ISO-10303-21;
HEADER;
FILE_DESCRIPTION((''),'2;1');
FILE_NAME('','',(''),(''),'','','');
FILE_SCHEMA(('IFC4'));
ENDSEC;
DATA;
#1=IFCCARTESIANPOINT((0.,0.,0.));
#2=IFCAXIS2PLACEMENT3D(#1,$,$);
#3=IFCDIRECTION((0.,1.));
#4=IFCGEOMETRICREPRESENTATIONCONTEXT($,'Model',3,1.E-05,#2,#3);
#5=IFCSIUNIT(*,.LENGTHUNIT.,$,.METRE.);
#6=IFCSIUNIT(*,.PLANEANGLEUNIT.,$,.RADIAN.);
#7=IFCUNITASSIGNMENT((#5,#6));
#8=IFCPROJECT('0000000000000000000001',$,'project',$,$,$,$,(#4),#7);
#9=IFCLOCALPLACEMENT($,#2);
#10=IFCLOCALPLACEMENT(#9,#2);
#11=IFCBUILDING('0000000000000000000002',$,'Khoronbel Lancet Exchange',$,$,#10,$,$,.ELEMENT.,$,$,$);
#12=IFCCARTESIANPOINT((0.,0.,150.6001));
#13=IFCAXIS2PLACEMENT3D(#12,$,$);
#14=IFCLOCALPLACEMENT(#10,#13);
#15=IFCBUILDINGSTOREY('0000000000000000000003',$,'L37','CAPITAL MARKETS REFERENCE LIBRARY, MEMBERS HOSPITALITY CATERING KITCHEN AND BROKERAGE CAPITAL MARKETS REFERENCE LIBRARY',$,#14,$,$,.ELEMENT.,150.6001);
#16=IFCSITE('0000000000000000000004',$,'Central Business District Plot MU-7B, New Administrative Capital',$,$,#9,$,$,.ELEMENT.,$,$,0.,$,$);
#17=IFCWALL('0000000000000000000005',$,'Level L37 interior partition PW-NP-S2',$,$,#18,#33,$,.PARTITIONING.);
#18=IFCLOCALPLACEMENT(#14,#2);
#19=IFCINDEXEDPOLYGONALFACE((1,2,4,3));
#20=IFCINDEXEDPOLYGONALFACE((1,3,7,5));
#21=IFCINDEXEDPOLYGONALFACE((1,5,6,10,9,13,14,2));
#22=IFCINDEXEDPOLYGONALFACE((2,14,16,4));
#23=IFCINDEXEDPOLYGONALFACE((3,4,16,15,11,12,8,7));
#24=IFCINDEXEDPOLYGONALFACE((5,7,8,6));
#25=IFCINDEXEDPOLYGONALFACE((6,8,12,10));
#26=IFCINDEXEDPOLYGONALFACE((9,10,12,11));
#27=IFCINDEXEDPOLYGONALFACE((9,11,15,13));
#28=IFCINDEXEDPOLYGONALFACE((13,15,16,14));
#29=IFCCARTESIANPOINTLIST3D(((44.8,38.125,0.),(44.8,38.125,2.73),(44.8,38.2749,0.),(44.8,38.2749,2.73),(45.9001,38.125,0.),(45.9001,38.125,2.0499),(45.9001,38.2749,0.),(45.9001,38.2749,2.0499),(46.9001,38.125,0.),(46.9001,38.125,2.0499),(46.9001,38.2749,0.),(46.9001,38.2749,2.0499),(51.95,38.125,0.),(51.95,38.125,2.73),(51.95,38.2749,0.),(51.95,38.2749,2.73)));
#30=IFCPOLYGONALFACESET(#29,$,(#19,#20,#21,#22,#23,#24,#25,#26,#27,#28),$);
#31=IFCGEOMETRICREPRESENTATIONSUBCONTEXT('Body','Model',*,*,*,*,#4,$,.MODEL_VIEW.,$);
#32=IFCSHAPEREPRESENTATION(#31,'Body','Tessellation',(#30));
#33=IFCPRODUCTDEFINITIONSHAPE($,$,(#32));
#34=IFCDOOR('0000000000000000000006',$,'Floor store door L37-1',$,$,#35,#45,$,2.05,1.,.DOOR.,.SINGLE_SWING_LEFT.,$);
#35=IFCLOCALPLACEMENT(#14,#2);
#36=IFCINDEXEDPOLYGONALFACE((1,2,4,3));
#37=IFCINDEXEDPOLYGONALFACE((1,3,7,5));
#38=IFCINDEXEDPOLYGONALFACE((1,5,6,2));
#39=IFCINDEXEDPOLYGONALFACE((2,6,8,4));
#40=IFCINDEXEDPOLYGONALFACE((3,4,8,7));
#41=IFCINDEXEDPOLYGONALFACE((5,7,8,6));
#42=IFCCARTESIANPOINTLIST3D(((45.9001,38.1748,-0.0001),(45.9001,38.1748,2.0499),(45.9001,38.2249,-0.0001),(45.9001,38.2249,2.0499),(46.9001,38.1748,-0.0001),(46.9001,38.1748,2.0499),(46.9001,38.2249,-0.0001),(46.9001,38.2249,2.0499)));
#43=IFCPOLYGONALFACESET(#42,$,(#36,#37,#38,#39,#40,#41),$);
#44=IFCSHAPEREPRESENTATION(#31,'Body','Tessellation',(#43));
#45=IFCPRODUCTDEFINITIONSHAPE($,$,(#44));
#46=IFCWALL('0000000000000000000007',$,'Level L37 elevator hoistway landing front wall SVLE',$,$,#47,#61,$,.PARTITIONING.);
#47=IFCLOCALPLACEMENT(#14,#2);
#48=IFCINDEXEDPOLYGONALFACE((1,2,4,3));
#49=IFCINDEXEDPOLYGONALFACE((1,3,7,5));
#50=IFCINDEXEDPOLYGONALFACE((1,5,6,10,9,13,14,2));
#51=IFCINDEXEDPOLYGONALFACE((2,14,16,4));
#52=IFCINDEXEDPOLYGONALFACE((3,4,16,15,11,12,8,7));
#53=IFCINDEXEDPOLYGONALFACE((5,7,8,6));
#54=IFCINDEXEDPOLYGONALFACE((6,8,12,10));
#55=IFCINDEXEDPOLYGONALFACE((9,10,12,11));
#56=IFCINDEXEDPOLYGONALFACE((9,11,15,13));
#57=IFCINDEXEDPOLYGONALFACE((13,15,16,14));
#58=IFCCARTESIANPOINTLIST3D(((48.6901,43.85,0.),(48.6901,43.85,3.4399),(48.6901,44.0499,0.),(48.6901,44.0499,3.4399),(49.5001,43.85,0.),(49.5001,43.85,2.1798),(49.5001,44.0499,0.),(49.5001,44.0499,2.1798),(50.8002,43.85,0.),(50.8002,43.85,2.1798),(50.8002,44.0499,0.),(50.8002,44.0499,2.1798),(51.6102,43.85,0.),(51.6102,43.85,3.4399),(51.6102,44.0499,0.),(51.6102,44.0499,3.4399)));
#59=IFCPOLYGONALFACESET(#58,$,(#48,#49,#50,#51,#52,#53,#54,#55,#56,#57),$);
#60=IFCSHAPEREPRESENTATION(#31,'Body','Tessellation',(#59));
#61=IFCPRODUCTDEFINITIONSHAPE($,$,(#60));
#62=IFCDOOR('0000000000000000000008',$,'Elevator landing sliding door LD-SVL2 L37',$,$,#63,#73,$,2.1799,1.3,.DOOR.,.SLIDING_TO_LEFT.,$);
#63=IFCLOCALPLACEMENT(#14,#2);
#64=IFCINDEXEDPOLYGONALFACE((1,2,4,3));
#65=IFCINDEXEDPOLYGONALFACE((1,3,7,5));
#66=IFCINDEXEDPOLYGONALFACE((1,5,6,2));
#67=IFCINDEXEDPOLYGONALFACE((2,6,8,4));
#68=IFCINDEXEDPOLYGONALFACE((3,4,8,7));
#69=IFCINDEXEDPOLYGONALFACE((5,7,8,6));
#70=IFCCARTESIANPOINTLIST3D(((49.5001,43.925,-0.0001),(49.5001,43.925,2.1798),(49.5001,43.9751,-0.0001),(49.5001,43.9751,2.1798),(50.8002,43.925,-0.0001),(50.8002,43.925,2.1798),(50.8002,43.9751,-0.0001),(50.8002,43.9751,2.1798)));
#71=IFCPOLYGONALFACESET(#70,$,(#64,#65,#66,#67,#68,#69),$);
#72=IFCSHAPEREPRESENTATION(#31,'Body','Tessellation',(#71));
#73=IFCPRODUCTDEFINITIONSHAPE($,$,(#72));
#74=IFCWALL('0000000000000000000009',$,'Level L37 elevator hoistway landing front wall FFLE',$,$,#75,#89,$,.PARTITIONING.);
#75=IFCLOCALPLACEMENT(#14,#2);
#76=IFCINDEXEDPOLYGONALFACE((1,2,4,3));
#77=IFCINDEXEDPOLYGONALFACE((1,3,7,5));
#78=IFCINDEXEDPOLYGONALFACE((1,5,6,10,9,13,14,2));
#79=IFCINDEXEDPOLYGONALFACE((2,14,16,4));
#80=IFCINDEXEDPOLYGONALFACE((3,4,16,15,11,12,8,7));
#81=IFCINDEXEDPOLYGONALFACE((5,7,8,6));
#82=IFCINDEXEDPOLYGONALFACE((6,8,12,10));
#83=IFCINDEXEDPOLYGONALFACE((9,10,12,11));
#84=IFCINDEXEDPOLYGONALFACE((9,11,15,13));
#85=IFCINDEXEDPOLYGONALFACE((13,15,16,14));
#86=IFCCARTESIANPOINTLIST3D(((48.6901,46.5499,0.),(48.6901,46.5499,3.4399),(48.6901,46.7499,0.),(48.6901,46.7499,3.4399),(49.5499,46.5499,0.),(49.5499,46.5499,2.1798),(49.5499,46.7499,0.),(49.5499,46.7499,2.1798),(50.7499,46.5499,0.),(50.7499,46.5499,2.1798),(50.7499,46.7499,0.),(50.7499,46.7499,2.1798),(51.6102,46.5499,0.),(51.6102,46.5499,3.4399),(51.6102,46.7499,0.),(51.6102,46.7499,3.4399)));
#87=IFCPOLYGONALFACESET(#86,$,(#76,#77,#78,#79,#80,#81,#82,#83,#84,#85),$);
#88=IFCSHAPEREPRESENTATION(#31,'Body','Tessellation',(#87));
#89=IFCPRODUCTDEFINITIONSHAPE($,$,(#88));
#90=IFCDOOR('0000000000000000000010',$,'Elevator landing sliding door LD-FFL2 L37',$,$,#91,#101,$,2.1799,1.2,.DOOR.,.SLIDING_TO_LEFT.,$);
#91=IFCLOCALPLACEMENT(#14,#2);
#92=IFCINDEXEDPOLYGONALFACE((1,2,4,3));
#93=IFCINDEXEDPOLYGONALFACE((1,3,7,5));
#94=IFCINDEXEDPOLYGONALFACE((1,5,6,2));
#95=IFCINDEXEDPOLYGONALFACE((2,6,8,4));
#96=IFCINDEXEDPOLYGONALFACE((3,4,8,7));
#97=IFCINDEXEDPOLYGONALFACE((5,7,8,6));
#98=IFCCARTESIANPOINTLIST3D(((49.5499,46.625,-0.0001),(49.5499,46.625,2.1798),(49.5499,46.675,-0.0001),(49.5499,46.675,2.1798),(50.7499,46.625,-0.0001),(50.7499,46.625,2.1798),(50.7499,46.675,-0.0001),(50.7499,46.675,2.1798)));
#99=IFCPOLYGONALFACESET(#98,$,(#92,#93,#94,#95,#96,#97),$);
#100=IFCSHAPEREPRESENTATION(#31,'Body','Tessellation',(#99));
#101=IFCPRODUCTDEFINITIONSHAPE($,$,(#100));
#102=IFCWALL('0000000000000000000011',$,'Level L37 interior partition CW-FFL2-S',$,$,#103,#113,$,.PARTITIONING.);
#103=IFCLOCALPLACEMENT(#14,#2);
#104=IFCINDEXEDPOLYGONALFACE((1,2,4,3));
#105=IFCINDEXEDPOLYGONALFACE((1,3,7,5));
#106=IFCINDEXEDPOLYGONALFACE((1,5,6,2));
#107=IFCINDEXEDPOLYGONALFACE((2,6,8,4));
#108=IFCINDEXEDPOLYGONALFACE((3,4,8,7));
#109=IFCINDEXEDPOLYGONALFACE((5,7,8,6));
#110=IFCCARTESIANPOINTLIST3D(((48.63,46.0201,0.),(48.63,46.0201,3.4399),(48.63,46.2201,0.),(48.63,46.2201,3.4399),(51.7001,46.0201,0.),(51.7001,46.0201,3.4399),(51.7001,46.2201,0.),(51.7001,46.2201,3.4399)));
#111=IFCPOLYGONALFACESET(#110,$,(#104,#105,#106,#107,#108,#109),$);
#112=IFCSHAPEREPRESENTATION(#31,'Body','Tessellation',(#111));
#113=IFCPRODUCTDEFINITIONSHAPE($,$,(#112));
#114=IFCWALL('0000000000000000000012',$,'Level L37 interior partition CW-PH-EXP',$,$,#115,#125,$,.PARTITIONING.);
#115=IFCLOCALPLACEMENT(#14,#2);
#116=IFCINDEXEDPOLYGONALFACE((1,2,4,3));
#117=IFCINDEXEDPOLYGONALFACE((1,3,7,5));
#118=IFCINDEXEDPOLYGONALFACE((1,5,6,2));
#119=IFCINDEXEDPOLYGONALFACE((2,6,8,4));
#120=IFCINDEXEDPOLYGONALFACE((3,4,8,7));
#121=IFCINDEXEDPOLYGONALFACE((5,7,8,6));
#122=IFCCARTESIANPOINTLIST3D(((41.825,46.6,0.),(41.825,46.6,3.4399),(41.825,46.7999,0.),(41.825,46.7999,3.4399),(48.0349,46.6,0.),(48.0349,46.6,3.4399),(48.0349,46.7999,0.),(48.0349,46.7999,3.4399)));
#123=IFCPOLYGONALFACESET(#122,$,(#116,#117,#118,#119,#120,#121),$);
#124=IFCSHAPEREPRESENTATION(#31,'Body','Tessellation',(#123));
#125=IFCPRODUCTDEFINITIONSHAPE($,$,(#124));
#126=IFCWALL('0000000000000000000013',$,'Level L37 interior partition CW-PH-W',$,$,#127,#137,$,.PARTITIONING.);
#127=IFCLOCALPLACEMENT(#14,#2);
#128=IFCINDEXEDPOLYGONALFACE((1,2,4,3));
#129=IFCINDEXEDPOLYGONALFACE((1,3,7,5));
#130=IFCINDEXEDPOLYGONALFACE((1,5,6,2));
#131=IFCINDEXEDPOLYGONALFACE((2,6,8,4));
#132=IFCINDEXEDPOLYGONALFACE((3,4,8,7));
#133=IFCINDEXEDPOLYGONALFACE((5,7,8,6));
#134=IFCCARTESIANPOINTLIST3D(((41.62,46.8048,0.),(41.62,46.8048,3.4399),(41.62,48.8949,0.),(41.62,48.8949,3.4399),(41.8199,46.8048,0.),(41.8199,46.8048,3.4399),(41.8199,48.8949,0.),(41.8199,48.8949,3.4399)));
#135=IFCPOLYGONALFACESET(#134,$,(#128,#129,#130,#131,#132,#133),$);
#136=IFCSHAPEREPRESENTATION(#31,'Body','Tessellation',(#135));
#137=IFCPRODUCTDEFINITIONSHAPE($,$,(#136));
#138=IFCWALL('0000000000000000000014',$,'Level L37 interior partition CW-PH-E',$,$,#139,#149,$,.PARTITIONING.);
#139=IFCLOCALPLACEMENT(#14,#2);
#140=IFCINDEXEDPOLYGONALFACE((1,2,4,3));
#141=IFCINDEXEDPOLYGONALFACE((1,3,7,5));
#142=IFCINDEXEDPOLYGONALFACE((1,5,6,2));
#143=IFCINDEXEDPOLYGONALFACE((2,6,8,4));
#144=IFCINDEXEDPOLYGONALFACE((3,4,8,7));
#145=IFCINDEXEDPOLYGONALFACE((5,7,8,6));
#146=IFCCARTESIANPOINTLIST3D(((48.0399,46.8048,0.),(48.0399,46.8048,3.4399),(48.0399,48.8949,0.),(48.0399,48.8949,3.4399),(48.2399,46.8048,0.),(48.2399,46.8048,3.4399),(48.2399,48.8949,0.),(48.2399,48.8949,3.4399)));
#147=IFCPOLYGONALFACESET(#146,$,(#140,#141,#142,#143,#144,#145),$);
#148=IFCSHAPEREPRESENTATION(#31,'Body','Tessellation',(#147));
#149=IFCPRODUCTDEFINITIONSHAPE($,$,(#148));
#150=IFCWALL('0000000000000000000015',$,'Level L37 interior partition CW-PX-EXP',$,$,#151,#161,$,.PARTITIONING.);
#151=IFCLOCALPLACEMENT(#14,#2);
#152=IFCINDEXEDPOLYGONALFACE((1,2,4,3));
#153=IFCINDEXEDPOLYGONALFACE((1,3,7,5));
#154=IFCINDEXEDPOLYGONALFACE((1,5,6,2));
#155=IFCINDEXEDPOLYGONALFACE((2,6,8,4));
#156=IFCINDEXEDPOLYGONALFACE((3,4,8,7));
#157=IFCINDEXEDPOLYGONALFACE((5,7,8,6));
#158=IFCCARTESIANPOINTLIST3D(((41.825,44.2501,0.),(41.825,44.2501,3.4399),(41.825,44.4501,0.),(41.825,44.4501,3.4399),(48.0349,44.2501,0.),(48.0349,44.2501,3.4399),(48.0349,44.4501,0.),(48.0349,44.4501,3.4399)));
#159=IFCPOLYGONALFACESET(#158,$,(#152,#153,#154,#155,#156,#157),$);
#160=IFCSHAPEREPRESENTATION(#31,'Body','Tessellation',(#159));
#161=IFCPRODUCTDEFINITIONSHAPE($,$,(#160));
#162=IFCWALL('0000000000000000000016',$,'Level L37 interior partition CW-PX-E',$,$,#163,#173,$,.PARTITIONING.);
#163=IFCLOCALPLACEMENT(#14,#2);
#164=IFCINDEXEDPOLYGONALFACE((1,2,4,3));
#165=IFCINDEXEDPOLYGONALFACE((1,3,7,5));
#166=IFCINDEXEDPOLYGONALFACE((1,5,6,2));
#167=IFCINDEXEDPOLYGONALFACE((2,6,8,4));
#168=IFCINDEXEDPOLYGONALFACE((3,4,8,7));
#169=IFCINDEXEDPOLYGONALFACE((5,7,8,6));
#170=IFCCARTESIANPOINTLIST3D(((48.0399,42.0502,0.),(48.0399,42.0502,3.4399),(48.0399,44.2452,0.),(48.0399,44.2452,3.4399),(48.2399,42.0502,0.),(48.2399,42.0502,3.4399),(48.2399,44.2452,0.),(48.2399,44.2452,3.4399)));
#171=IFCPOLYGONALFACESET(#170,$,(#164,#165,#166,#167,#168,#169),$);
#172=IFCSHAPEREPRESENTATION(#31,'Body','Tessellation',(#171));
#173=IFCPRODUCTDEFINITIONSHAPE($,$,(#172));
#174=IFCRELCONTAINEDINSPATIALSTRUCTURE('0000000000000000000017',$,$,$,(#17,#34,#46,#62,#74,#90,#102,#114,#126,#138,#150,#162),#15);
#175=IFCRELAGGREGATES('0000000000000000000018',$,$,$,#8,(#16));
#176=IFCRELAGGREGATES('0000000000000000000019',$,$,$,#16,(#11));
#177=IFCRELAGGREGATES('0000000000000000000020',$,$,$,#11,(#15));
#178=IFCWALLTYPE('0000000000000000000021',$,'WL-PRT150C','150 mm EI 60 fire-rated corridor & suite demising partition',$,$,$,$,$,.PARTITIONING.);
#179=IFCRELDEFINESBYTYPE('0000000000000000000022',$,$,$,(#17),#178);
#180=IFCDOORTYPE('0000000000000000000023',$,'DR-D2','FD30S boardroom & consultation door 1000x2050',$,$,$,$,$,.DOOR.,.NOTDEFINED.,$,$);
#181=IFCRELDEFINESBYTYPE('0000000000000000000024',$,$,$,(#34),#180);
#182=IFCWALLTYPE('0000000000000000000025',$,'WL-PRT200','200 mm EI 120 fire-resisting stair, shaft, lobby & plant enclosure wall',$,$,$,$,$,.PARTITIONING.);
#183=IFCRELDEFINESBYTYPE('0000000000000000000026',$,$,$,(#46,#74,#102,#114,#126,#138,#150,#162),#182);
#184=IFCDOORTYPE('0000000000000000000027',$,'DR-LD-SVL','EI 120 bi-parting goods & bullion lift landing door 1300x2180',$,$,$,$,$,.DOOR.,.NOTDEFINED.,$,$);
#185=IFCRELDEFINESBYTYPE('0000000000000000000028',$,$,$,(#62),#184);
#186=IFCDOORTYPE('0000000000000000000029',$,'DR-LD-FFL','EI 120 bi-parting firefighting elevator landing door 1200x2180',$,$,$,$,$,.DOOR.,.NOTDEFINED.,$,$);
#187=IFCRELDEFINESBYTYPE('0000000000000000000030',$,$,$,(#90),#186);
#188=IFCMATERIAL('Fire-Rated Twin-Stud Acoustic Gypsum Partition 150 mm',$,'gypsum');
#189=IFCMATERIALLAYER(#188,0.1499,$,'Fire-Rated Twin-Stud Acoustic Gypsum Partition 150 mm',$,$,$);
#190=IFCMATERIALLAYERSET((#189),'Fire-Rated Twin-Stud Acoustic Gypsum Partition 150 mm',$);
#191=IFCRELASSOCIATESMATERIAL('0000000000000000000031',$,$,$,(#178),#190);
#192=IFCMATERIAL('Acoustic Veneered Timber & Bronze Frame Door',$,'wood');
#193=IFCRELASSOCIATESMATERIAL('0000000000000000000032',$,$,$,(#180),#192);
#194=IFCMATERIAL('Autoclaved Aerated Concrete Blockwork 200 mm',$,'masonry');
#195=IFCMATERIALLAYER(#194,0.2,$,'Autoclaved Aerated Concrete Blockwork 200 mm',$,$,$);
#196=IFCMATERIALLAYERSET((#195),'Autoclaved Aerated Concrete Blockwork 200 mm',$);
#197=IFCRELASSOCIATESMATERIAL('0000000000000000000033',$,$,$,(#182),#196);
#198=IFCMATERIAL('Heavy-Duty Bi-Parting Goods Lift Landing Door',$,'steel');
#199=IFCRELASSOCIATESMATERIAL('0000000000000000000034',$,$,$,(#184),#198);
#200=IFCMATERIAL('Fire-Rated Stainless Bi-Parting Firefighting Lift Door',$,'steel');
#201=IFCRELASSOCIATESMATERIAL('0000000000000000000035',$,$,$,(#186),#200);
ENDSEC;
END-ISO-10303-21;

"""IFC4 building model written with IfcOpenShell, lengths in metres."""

from ifc_helpers import new_model, si_unit, direction, frame, frame_2d, origin, place, context, subcontext, project, spatial, rectangle, extrude, material, layer, layer_set, type_object, element, fill, save


model = new_model("IFC4")

# Units and contexts
model_context = context("Model", 3, precision=1e-05, world=origin(), true_north=direction((0.0, 1.0)))
body_context = subcontext(model_context, "Body", "Model", "MODEL_VIEW")
ifc_project = project(units=[si_unit("LENGTHUNIT", "METRE"), si_unit("PLANEANGLEUNIT", "RADIAN")], contexts=[model_context])

# Site, building, storey
site_placement = place(None, origin())
site = spatial("IfcSite", under=ifc_project, at=site_placement, Name="Central Business District Plot MU-7B, New Administrative Capital", CompositionType="ELEMENT", RefElevation=0.0)
building_placement = place(site_placement, origin())
building = spatial("IfcBuilding", under=site, at=building_placement, Name="Khoronbel Lancet Exchange", CompositionType="ELEMENT")
storey_placement = place(building_placement, frame((0.0, 0.0, 150.6001)))
storey = spatial("IfcBuildingStorey", under=building, at=storey_placement, Name="L37", Description="CAPITAL MARKETS REFERENCE LIBRARY, MEMBERS HOSPITALITY CATERING KITCHEN AND BROKERAGE CAPITAL MARKETS REFERENCE LIBRARY", CompositionType="ELEMENT", Elevation=150.6001)

# Walls, openings, doors
ifc_material_1 = material(Name="Fire-Rated Twin-Stud Acoustic Gypsum Partition 150 mm", Category="gypsum")
ifc_layer_1 = layer(ifc_material_1, 0.1499, Name="Fire-Rated Twin-Stud Acoustic Gypsum Partition 150 mm")
ifc_layer_set_1 = layer_set([ifc_layer_1], Name="Fire-Rated Twin-Stud Acoustic Gypsum Partition 150 mm")
wall_type_1 = type_object("IfcWallType", Name="WL-PRT150C", Description="150 mm EI 60 fire-rated corridor & suite demising partition", PredefinedType="PARTITIONING", material=ifc_layer_set_1)
wall_1_placement = place(storey_placement, frame((44.8, 38.2, 0.0), z_axis=(0.0, 0.0, 1.0), x_axis=(1.0, 0.0, 0.0)))
wall_1 = element("IfcWall", 1, at=wall_1_placement, inside=storey, type_object=wall_type_1, Name="Level L37 interior partition PW-NP-S2", PredefinedType="PARTITIONING", context=body_context, shape_type="SweptSolid", body=[
    extrude(rectangle(XDim=7.1499, YDim=0.1499, at=frame_2d((3.575, 0.0))), origin(), (0.0, 0.0, 1.0), 2.73),
])
opening_1_placement = place(wall_1_placement, frame((1.1001, 0.0, 0.0)))
opening_1 = element("IfcOpeningElement", 2, at=opening_1_placement, cuts=wall_1, PredefinedType="OPENING", context=body_context, shape_type="SweptSolid", body=[
    extrude(rectangle(XDim=1.0, YDim=2.05, at=frame_2d((0.5, 1.0249))), frame((0.0, 0.085, 0.0), z_axis=(0.0, -1.0, 0.0), x_axis=(1.0, 0.0, 0.0)), (0.0, 0.0, 1.0), 0.1699),
])
ifc_material_2 = material(Name="Acoustic Veneered Timber & Bronze Frame Door", Category="wood")
door_type_1 = type_object("IfcDoorType", Name="DR-D2", Description="FD30S boardroom & consultation door 1000x2050", OperationType="NOTDEFINED", PredefinedType="DOOR", material=ifc_material_2)
door_1_placement = place(opening_1_placement, origin())
door_1 = element("IfcDoor", 3, at=door_1_placement, inside=storey, type_object=door_type_1, Name="Floor store door L37-1", OperationType="SINGLE_SWING_LEFT", OverallHeight=2.05, OverallWidth=1.0, PredefinedType="DOOR", context=body_context, shape_type="SweptSolid", body=[
    extrude(rectangle(XDim=1.0, YDim=2.05, at=frame_2d((0.5, 1.0249))), frame((0.0, 0.0249, 0.0), z_axis=(0.0, -1.0, 0.0), x_axis=(1.0, 0.0, 0.0)), (0.0, 0.0, 1.0), 0.05),
])
fill(opening_1, door_1)
ifc_material_3 = material(Name="Autoclaved Aerated Concrete Blockwork 200 mm", Category="masonry")
ifc_layer_2 = layer(ifc_material_3, 0.2, Name="Autoclaved Aerated Concrete Blockwork 200 mm")
ifc_layer_set_2 = layer_set([ifc_layer_2], Name="Autoclaved Aerated Concrete Blockwork 200 mm")
wall_type_2 = type_object("IfcWallType", Name="WL-PRT200", Description="200 mm EI 120 fire-resisting stair, shaft, lobby & plant enclosure wall", PredefinedType="PARTITIONING", material=ifc_layer_set_2)
wall_2_placement = place(storey_placement, frame((51.6101, 43.95, 0.0), z_axis=(0.0, 0.0, 1.0), x_axis=(-1.0, 0.0, 0.0)))
wall_2 = element("IfcWall", 4, at=wall_2_placement, inside=storey, type_object=wall_type_2, Name="Level L37 elevator hoistway landing front wall SVLE", PredefinedType="PARTITIONING", context=body_context, shape_type="SweptSolid", body=[
    extrude(rectangle(XDim=2.9202, YDim=0.2, at=frame_2d((1.46, 0.0))), origin(), (0.0, 0.0, 1.0), 3.4399),
])
opening_2_placement = place(wall_2_placement, frame((0.8101, 0.0, 0.0)))
opening_2 = element("IfcOpeningElement", 5, at=opening_2_placement, cuts=wall_2, PredefinedType="OPENING", context=body_context, shape_type="SweptSolid", body=[
    extrude(rectangle(XDim=1.3, YDim=2.1799, at=frame_2d((0.6499, 1.0898))), frame((0.0, 0.1099, 0.0), z_axis=(0.0, -1.0, 0.0), x_axis=(1.0, 0.0, 0.0)), (0.0, 0.0, 1.0), 0.22),
])
ifc_material_4 = material(Name="Heavy-Duty Bi-Parting Goods Lift Landing Door", Category="steel")
door_type_2 = type_object("IfcDoorType", Name="DR-LD-SVL", Description="EI 120 bi-parting goods & bullion lift landing door 1300x2180", OperationType="NOTDEFINED", PredefinedType="DOOR", material=ifc_material_4)
door_2_placement = place(opening_2_placement, origin())
door_2 = element("IfcDoor", 6, at=door_2_placement, inside=storey, type_object=door_type_2, Name="Elevator landing sliding door LD-SVL2 L37", OperationType="SLIDING_TO_LEFT", OverallHeight=2.1799, OverallWidth=1.3, PredefinedType="DOOR", context=body_context, shape_type="SweptSolid", body=[
    extrude(rectangle(XDim=1.3, YDim=2.1799, at=frame_2d((0.6499, 1.0898))), frame((0.0, 0.0249, 0.0), z_axis=(0.0, -1.0, 0.0), x_axis=(1.0, 0.0, 0.0)), (0.0, 0.0, 1.0), 0.05),
])
fill(opening_2, door_2)
wall_3_placement = place(storey_placement, frame((51.6101, 46.6499, 0.0), z_axis=(0.0, 0.0, 1.0), x_axis=(-1.0, 0.0, 0.0)))
wall_3 = element("IfcWall", 7, at=wall_3_placement, inside=storey, type_object=wall_type_2, Name="Level L37 elevator hoistway landing front wall FFLE", PredefinedType="PARTITIONING", context=body_context, shape_type="SweptSolid", body=[
    extrude(rectangle(XDim=2.9202, YDim=0.2, at=frame_2d((1.46, 0.0))), origin(), (0.0, 0.0, 1.0), 3.4399),
])
opening_3_placement = place(wall_3_placement, frame((0.8601, 0.0, 0.0)))
opening_3 = element("IfcOpeningElement", 8, at=opening_3_placement, cuts=wall_3, PredefinedType="OPENING", context=body_context, shape_type="SweptSolid", body=[
    extrude(rectangle(XDim=1.2, YDim=2.1799, at=frame_2d((0.6001, 1.0898))), frame((0.0, 0.1099, 0.0), z_axis=(0.0, -1.0, 0.0), x_axis=(1.0, 0.0, 0.0)), (0.0, 0.0, 1.0), 0.22),
])
ifc_material_5 = material(Name="Fire-Rated Stainless Bi-Parting Firefighting Lift Door", Category="steel")
door_type_3 = type_object("IfcDoorType", Name="DR-LD-FFL", Description="EI 120 bi-parting firefighting elevator landing door 1200x2180", OperationType="NOTDEFINED", PredefinedType="DOOR", material=ifc_material_5)
door_3_placement = place(opening_3_placement, origin())
door_3 = element("IfcDoor", 9, at=door_3_placement, inside=storey, type_object=door_type_3, Name="Elevator landing sliding door LD-FFL2 L37", OperationType="SLIDING_TO_LEFT", OverallHeight=2.1799, OverallWidth=1.2, PredefinedType="DOOR", context=body_context, shape_type="SweptSolid", body=[
    extrude(rectangle(XDim=1.2, YDim=2.1799, at=frame_2d((0.6001, 1.0898))), frame((0.0, 0.0249, 0.0), z_axis=(0.0, -1.0, 0.0), x_axis=(1.0, 0.0, 0.0)), (0.0, 0.0, 1.0), 0.05),
])
fill(opening_3, door_3)

# Walls
wall_4_placement = place(storey_placement, frame((48.6299, 46.1201, 0.0), z_axis=(0.0, 0.0, 1.0), x_axis=(1.0, 0.0, 0.0)))
element("IfcWall", 10, at=wall_4_placement, inside=storey, type_object=wall_type_2, Name="Level L37 interior partition CW-FFL2-S", PredefinedType="PARTITIONING", context=body_context, shape_type="SweptSolid", body=[
    extrude(rectangle(XDim=3.0701, YDim=0.2, at=frame_2d((1.5352, 0.0))), origin(), (0.0, 0.0, 1.0), 3.4399),
])
wall_5_placement = place(storey_placement, frame((41.825, 46.7, 0.0), z_axis=(0.0, 0.0, 1.0), x_axis=(1.0, 0.0, 0.0)))
element("IfcWall", 11, at=wall_5_placement, inside=storey, type_object=wall_type_2, Name="Level L37 interior partition CW-PH-EXP", PredefinedType="PARTITIONING", context=body_context, shape_type="SweptSolid", body=[
    extrude(rectangle(XDim=6.21, YDim=0.2, at=frame_2d((3.105, 0.0))), origin(), (0.0, 0.0, 1.0), 3.4399),
])
for number, where, z_axis, x_axis, name in (
    (12, (41.72, 46.8049, 0.0), (0.0, 0.0, 1.0), (0.0, 1.0, 0.0), "Level L37 interior partition CW-PH-W"),
    (13, (48.1399, 46.8049, 0.0), (0.0, 0.0, 1.0), (0.0, 1.0, 0.0), "Level L37 interior partition CW-PH-E"),
):
    element("IfcWall", number, at=place(storey_placement, frame(where, z_axis=z_axis, x_axis=x_axis)), inside=storey, type_object=wall_type_2, Name=name, PredefinedType="PARTITIONING", context=body_context, shape_type="SweptSolid", body=[
        extrude(rectangle(XDim=2.0901, YDim=0.2, at=frame_2d((1.0449, 0.0))), origin(), (0.0, 0.0, 1.0), 3.4399),
    ])
wall_6_placement = place(storey_placement, frame((41.825, 44.3501, 0.0), z_axis=(0.0, 0.0, 1.0), x_axis=(1.0, 0.0, 0.0)))
element("IfcWall", 14, at=wall_6_placement, inside=storey, type_object=wall_type_2, Name="Level L37 interior partition CW-PX-EXP", PredefinedType="PARTITIONING", context=body_context, shape_type="SweptSolid", body=[
    extrude(rectangle(XDim=6.21, YDim=0.2, at=frame_2d((3.105, 0.0))), origin(), (0.0, 0.0, 1.0), 3.4399),
])
wall_7_placement = place(storey_placement, frame((48.1399, 42.05, 0.0), z_axis=(0.0, 0.0, 1.0), x_axis=(0.0, 1.0, 0.0)))
element("IfcWall", 15, at=wall_7_placement, inside=storey, type_object=wall_type_2, Name="Level L37 interior partition CW-PX-E", PredefinedType="PARTITIONING", context=body_context, shape_type="SweptSolid", body=[
    extrude(rectangle(XDim=2.1951, YDim=0.2, at=frame_2d((1.0977, 0.0))), origin(), (0.0, 0.0, 1.0), 3.4399),
])

save(model, "model.ifc")
